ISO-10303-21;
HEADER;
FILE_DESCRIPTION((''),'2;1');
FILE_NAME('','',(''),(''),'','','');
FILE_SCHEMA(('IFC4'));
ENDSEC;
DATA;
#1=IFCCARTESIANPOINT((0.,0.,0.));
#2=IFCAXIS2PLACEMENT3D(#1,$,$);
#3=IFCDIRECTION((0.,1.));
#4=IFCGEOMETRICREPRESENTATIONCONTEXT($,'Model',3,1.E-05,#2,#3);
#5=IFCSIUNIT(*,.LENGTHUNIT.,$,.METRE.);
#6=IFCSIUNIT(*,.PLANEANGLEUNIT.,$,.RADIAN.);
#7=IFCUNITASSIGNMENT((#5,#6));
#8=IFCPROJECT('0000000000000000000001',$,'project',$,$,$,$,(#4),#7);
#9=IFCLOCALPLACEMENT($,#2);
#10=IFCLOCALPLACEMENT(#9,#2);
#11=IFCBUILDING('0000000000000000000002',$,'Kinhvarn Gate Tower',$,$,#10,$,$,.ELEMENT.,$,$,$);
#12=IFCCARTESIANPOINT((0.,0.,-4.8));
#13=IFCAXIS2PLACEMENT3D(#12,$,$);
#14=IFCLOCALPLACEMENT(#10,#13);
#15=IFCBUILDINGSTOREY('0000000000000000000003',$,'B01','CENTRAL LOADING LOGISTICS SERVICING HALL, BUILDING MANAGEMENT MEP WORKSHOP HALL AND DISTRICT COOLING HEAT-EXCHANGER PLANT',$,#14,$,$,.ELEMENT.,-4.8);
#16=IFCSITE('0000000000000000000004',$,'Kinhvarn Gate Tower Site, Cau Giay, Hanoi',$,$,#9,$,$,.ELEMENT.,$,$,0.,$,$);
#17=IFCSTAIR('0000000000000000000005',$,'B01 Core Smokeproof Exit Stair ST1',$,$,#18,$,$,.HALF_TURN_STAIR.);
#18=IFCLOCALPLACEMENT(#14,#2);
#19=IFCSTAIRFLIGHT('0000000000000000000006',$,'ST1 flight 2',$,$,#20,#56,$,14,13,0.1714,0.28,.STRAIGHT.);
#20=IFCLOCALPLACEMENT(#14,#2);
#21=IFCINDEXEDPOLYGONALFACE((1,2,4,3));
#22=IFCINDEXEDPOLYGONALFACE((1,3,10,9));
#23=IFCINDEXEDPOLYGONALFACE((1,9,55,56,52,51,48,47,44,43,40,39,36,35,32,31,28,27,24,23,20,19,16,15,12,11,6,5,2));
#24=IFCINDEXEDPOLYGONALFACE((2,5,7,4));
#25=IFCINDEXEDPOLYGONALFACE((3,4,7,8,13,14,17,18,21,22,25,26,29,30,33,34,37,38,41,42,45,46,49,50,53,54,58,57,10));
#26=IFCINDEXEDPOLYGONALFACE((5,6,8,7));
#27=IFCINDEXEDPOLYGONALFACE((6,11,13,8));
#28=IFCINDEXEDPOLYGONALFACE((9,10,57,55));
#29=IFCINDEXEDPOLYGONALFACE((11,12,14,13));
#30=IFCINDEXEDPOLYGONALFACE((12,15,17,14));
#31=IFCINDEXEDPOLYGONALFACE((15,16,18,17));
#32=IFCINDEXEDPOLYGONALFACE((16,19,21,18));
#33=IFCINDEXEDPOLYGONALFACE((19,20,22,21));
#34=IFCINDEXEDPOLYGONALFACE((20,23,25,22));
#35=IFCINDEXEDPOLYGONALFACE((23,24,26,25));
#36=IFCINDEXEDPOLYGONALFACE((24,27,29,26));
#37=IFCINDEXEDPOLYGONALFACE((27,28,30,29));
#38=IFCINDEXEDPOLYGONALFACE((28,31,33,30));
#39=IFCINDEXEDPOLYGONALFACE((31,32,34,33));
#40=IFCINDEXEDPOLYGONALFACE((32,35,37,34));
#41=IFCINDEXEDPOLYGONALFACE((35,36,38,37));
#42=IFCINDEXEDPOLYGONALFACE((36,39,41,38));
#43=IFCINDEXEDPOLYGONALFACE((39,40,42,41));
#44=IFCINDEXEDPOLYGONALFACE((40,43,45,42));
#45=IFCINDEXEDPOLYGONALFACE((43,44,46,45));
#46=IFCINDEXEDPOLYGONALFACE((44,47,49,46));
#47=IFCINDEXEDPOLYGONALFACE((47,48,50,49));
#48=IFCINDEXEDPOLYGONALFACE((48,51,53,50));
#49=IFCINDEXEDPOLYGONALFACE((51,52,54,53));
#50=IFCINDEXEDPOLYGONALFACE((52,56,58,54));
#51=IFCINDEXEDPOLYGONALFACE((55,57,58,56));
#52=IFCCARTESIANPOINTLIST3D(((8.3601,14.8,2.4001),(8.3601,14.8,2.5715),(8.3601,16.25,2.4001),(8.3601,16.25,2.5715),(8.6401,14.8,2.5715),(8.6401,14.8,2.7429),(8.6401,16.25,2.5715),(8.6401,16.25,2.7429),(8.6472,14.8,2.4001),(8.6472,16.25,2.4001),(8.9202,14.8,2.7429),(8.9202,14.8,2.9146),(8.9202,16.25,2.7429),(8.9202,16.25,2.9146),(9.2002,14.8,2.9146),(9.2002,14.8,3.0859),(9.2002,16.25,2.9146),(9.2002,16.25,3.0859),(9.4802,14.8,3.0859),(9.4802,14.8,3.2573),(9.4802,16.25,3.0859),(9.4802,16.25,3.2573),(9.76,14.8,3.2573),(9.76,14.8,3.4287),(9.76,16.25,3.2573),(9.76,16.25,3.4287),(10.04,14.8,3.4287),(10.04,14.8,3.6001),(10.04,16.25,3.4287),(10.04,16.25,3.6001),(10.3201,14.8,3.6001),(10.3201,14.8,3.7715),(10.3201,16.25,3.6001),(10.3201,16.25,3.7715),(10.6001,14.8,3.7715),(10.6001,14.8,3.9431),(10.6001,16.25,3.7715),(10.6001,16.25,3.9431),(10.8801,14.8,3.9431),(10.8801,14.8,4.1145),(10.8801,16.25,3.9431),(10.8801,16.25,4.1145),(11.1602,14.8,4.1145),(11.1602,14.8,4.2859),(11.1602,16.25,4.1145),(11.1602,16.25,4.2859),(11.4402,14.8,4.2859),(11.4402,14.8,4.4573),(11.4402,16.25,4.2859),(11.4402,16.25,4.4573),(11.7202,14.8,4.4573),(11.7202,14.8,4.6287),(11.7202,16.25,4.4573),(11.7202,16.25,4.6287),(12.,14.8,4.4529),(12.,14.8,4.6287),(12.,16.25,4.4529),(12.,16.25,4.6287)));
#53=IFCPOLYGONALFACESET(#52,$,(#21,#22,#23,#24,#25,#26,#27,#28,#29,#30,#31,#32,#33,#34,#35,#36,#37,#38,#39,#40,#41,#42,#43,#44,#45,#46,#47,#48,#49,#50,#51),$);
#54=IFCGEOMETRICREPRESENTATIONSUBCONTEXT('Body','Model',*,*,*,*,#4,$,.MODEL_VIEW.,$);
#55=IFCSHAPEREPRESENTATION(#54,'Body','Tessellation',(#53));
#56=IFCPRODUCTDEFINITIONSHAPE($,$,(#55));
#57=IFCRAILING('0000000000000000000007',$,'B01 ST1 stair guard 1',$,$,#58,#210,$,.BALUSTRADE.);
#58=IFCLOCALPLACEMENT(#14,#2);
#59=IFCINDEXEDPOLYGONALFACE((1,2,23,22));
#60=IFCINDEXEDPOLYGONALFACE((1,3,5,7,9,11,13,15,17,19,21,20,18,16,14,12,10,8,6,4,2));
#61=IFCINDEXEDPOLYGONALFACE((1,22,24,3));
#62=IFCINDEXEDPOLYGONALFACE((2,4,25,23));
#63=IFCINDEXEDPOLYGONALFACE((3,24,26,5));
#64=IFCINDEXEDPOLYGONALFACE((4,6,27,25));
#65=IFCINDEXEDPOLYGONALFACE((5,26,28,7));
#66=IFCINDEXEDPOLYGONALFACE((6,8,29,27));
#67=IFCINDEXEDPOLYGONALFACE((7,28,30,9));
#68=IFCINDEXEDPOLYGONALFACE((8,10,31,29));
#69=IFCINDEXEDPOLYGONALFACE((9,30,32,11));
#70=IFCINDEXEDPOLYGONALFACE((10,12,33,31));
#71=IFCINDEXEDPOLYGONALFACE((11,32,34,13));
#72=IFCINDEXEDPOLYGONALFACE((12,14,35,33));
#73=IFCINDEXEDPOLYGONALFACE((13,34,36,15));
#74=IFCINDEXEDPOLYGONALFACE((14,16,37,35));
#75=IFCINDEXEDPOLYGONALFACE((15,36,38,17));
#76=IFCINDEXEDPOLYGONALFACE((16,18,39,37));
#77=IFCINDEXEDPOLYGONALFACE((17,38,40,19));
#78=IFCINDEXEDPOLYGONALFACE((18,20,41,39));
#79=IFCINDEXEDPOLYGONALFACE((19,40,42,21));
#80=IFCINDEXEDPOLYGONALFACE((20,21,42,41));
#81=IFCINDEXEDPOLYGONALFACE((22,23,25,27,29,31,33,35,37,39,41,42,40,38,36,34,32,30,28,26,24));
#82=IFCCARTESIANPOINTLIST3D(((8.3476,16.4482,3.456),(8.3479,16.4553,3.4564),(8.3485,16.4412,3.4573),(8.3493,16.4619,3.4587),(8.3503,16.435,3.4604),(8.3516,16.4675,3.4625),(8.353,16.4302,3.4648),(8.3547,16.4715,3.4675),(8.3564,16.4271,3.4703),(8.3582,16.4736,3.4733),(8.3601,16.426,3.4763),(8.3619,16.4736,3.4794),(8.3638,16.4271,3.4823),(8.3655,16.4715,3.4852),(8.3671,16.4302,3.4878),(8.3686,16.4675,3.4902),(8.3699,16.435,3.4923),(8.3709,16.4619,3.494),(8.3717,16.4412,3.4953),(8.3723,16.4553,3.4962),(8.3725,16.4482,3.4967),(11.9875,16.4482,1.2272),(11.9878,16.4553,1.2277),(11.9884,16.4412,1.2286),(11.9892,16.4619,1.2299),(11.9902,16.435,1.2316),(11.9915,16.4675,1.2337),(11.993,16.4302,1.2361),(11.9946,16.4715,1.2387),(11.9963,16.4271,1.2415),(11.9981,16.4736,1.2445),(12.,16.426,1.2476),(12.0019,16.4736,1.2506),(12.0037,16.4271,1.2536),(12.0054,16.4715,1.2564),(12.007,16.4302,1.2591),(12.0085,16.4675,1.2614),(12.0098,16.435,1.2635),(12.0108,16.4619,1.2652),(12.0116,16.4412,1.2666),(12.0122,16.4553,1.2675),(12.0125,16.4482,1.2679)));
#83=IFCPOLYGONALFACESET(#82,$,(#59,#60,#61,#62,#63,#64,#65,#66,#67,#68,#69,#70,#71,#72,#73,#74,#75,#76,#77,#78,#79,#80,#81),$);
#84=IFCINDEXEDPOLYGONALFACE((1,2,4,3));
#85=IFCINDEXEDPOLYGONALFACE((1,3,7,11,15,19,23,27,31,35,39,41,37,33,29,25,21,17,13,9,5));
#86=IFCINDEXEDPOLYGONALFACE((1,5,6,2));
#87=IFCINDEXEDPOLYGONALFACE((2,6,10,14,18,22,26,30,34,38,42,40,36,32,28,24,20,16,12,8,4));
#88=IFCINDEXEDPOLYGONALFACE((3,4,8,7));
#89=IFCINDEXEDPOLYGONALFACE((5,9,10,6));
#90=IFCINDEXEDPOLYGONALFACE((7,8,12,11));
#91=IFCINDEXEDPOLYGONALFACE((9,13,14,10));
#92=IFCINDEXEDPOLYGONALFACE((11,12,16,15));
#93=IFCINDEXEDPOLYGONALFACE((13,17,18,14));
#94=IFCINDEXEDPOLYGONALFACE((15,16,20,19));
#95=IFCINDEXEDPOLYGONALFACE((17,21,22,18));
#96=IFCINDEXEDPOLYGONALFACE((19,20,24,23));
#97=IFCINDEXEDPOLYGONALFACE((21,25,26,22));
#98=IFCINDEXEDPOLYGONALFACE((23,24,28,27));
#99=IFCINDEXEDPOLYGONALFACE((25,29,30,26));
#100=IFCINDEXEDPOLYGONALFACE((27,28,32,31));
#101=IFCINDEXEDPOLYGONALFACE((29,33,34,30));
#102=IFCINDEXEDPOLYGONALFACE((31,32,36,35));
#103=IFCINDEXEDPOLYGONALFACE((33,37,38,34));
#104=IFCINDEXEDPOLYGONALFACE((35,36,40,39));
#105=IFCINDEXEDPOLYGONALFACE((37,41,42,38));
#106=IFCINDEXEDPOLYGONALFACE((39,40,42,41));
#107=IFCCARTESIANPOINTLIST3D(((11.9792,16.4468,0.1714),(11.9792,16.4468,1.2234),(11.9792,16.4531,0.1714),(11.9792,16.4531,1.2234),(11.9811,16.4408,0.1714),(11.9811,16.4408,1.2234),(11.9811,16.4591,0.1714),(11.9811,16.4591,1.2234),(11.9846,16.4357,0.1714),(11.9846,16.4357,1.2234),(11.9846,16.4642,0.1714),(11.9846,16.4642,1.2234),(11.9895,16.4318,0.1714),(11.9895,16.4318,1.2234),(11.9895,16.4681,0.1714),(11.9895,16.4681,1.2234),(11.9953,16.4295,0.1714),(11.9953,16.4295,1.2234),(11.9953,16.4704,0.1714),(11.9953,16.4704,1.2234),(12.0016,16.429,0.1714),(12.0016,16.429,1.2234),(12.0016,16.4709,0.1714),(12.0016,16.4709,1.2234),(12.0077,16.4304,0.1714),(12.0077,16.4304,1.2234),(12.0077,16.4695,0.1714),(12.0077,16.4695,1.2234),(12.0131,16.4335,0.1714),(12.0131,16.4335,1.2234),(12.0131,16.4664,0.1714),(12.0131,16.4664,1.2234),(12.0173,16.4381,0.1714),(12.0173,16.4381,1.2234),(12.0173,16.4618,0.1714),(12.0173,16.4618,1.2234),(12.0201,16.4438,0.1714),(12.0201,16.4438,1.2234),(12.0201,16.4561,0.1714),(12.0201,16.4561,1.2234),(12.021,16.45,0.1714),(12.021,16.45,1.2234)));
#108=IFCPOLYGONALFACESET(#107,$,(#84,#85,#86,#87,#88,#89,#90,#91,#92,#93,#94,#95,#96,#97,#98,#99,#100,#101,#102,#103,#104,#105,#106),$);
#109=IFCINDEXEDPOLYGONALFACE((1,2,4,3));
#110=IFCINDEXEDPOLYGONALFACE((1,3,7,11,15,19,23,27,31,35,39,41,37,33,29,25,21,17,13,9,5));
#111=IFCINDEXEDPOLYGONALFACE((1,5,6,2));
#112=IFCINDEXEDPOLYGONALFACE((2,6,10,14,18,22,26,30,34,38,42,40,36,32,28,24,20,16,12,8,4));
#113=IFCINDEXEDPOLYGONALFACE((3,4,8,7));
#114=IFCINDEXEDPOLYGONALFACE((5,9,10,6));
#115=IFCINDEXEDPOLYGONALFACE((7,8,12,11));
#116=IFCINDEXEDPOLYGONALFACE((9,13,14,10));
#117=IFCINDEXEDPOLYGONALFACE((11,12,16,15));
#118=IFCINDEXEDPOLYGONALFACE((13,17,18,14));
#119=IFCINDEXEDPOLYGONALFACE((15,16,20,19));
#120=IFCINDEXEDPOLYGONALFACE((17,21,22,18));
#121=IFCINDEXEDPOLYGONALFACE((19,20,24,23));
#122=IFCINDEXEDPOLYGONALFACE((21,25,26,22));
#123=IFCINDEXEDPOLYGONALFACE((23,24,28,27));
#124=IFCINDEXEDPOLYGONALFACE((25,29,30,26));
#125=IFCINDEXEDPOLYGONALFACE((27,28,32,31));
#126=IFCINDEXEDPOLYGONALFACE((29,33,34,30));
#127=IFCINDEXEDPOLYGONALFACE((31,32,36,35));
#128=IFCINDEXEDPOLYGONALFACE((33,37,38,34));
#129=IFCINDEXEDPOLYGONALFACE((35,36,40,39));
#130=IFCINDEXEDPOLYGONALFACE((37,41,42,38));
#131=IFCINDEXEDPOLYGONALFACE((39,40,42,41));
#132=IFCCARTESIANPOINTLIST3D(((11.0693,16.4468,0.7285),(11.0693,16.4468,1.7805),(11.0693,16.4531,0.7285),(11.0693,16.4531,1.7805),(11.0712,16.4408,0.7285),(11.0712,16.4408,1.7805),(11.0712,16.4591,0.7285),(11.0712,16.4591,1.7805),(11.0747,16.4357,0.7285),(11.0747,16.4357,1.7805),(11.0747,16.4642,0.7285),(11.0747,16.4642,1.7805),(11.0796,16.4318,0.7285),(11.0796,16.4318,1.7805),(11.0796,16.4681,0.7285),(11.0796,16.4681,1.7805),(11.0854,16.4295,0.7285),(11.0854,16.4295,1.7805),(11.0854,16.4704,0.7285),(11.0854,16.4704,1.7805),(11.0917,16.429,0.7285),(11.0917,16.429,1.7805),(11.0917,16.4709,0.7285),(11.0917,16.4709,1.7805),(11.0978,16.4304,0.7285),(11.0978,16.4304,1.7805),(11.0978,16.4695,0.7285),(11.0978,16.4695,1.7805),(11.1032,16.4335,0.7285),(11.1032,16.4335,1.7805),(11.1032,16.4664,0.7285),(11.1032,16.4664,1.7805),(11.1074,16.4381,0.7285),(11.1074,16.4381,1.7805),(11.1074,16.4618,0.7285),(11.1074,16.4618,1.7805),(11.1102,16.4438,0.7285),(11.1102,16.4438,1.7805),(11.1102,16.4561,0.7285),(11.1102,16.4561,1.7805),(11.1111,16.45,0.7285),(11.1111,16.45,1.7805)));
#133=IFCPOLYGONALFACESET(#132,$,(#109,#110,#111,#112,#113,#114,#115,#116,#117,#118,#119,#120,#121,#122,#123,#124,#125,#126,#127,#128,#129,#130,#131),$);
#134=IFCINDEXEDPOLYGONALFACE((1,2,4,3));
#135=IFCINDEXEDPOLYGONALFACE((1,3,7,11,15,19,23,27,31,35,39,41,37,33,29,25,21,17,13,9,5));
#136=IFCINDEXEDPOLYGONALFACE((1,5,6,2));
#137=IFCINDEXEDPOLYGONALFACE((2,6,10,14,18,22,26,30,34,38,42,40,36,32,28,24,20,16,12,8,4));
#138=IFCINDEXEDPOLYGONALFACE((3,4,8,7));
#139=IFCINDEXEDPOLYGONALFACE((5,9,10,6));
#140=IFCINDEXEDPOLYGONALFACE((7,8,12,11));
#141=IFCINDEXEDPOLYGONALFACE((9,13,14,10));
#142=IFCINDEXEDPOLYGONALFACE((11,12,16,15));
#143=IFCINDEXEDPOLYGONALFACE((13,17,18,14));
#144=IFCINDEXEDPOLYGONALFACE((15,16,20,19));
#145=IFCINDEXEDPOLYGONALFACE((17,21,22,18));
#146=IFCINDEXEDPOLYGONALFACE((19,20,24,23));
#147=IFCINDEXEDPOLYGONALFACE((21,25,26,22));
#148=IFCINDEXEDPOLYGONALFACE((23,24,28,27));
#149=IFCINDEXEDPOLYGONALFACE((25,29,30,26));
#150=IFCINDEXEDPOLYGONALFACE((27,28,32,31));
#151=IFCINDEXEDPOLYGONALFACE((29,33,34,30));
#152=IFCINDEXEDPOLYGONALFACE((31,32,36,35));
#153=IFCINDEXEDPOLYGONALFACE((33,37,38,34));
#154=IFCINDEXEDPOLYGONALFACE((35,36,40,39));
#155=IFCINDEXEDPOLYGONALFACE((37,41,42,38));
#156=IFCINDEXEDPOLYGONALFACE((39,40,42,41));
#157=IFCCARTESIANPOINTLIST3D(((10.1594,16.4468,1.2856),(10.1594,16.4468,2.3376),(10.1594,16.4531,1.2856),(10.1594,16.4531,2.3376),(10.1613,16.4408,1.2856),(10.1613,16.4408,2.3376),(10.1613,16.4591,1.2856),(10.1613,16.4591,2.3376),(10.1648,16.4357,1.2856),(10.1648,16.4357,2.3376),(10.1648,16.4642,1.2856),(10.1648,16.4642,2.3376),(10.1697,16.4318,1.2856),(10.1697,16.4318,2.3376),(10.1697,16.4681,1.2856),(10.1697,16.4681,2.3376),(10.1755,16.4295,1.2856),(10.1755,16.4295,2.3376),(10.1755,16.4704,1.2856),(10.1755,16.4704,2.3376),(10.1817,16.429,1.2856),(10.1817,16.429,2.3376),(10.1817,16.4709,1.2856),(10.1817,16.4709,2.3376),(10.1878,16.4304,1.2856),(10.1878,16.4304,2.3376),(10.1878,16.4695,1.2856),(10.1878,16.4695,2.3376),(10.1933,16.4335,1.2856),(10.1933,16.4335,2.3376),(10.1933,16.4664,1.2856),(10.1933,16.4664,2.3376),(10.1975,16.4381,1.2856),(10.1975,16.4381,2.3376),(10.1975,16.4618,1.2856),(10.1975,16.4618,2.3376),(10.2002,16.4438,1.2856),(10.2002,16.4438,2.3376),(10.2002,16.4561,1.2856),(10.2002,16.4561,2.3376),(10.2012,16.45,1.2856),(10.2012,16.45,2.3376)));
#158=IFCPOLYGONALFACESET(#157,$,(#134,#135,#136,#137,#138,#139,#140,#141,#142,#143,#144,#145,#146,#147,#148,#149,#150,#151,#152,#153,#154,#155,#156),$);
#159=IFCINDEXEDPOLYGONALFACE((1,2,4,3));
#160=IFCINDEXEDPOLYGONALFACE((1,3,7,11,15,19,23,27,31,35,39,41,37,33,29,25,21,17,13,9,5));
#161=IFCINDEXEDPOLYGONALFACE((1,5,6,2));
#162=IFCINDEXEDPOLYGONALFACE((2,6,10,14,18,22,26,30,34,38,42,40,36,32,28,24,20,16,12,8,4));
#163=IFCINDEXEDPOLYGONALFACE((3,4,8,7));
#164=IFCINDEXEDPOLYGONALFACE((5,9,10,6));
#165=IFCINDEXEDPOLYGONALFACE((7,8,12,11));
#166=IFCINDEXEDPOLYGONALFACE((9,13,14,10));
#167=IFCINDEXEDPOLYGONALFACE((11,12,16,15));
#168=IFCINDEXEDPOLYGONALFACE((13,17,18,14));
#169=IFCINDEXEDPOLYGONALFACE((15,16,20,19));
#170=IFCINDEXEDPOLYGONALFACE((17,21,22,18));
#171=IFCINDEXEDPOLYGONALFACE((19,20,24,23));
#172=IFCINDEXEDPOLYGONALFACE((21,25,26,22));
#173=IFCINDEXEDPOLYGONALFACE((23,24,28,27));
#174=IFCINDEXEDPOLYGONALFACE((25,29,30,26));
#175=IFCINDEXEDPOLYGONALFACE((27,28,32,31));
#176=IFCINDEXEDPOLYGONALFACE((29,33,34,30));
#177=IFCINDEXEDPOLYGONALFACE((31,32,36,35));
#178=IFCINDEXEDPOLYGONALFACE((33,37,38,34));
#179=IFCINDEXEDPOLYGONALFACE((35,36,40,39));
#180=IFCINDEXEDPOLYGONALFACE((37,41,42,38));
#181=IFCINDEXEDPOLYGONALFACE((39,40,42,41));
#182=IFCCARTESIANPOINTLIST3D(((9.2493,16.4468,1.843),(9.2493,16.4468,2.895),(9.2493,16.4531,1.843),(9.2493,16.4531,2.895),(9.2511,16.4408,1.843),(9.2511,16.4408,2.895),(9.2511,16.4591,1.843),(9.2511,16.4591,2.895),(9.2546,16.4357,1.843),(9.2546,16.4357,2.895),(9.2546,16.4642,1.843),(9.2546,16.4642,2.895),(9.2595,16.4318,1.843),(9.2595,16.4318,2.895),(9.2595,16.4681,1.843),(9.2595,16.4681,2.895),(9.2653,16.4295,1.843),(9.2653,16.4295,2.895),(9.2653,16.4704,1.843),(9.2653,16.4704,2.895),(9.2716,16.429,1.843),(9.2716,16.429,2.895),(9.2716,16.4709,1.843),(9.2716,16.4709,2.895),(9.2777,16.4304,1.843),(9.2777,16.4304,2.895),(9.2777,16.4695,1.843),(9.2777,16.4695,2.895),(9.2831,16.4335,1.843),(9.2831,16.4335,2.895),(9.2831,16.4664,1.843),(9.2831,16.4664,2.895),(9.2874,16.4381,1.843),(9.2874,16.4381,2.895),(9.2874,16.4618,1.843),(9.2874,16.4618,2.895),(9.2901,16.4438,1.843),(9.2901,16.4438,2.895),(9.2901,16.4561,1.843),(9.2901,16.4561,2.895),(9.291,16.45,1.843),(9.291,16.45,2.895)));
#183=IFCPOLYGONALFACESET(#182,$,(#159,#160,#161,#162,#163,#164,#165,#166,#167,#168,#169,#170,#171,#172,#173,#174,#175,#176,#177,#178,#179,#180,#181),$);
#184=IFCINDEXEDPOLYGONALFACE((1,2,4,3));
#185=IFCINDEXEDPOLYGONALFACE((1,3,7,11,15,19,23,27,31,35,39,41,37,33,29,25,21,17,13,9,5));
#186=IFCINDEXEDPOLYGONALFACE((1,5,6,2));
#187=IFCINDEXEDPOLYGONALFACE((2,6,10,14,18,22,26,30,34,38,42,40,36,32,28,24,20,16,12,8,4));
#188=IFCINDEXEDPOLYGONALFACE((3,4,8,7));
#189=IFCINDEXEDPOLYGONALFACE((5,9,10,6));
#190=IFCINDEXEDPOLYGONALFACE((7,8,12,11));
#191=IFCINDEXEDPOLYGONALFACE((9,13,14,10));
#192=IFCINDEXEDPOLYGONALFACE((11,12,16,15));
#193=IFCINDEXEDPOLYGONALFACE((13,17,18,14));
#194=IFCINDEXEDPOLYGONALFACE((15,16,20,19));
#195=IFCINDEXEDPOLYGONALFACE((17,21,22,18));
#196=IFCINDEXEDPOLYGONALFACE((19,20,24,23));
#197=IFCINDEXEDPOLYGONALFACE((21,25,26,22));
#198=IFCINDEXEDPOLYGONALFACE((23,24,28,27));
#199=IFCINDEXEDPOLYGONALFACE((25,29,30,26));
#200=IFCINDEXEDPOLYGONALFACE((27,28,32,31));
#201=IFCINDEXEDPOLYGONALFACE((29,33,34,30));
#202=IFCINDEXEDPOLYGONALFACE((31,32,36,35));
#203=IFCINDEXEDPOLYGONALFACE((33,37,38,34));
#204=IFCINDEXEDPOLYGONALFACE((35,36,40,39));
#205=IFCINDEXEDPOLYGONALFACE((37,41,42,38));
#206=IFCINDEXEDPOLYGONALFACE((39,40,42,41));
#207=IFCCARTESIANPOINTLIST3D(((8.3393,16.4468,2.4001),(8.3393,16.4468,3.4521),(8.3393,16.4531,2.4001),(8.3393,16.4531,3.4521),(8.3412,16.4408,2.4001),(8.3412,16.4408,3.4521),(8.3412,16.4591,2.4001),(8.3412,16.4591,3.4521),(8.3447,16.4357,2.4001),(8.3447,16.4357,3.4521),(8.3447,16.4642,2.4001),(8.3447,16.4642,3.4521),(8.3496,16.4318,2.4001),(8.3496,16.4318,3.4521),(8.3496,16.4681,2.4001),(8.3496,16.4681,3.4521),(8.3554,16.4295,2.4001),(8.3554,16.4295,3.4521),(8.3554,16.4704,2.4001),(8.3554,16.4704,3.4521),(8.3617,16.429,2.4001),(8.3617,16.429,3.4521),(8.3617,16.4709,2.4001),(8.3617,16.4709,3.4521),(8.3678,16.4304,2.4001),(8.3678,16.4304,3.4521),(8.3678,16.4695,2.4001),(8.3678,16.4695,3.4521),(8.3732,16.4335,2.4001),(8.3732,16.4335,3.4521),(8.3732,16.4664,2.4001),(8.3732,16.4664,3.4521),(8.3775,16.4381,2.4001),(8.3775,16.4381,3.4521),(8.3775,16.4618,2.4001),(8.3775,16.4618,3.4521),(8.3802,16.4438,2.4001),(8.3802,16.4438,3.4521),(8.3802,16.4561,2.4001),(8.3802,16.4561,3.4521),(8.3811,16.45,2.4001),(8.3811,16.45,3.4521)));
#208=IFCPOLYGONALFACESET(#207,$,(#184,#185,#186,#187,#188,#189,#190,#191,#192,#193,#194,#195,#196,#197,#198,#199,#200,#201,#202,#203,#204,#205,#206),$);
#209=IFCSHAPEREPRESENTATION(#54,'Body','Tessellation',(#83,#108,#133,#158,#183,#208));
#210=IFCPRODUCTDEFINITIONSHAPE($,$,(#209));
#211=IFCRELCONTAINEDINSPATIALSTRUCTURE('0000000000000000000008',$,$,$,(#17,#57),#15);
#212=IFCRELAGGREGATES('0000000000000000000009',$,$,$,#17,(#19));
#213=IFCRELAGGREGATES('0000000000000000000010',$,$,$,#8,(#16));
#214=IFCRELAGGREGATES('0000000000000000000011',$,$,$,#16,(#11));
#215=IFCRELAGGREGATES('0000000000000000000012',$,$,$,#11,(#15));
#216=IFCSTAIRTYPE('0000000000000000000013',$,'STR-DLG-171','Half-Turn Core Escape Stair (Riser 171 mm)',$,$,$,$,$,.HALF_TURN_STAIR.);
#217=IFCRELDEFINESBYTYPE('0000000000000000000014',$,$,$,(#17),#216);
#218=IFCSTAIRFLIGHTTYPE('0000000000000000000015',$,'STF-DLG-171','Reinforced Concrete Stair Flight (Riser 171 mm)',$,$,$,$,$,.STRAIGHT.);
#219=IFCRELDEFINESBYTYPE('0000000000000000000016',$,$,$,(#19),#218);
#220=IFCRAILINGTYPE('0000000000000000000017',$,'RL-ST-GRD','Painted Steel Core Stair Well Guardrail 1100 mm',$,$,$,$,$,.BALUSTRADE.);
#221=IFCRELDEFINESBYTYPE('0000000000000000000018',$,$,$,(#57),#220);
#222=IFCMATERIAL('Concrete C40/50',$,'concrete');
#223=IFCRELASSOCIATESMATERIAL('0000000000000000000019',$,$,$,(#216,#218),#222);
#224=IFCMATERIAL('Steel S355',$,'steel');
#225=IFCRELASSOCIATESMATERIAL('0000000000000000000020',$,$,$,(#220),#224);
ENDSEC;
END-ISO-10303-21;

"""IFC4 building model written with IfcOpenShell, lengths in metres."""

from ifc_helpers import new_model, si_unit, direction, frame, origin, origin_2d, place, context, subcontext, project, spatial, polyline, circle, outline, extrude, material, type_object, element, aggregate, save


model = new_model("IFC4")

# Units and contexts
model_context = context("Model", 3, precision=1e-05, world=origin(), true_north=direction((0.0, 1.0)))
body_context = subcontext(model_context, "Body", "Model", "MODEL_VIEW")
ifc_project = project(units=[si_unit("LENGTHUNIT", "METRE"), si_unit("PLANEANGLEUNIT", "RADIAN")], contexts=[model_context])

# Site, building, storey
site_placement = place(None, origin())
site = spatial("IfcSite", under=ifc_project, at=site_placement, Name="Kinhvarn Gate Tower Site, Cau Giay, Hanoi", CompositionType="ELEMENT", RefElevation=0.0)
building_placement = place(site_placement, origin())
building = spatial("IfcBuilding", under=site, at=building_placement, Name="Kinhvarn Gate Tower", CompositionType="ELEMENT")
storey_placement = place(building_placement, frame((0.0, 0.0, -4.8)))
storey = spatial("IfcBuildingStorey", under=building, at=storey_placement, Name="B01", Description="CENTRAL LOADING LOGISTICS SERVICING HALL, BUILDING MANAGEMENT MEP WORKSHOP HALL AND DISTRICT COOLING HEAT-EXCHANGER PLANT", CompositionType="ELEMENT", Elevation=-4.8)

# Shared definitions
ifc_material_1 = material(Name="Steel S355", Category="steel")

# Shared definitions
ifc_material_2 = material(Name="Concrete C40/50", Category="concrete")

# Stair, stair flight
stair_type = type_object("IfcStairType", Name="STR-DLG-171", Description="Half-Turn Core Escape Stair (Riser 171 mm)", PredefinedType="HALF_TURN_STAIR", material=ifc_material_2)
stair_placement = place(storey_placement, origin())
stair = element("IfcStair", 1, at=stair_placement, inside=storey, type_object=stair_type, Name="B01 Core Smokeproof Exit Stair ST1", PredefinedType="HALF_TURN_STAIR")
stair_flight_type = type_object("IfcStairFlightType", Name="STF-DLG-171", Description="Reinforced Concrete Stair Flight (Riser 171 mm)", PredefinedType="STRAIGHT", material=ifc_material_2)
stair_flight_1_placement = place(storey_placement, frame((8.3601, 15.5249, 2.4001), z_axis=(0.0, 0.0, 1.0), x_axis=(1.0, 0.0, 0.0)))
stair_flight_1 = element("IfcStairFlight", 2, at=stair_flight_1_placement, type_object=stair_flight_type, Name="ST1 flight 2", NumberOfRisers=14, NumberOfTreads=13, PredefinedType="STRAIGHT", RiserHeight=0.1714, TreadLength=0.28, context=body_context, shape_type="SweptSolid", body=[
    extrude(outline(polyline([(0.0, 0.0), (0.0, 0.1714), (0.28, 0.1714), (0.28, 0.3428), (0.5601, 0.3428), (0.5601, 0.5144), (0.8401, 0.5144), (0.8401, 0.6858), (1.1201, 0.6858), (1.1201, 0.8572), (1.3999, 0.8572), (1.3999, 1.0286), (1.6799, 1.0286), (1.6799, 1.2), (1.96, 1.2), (1.96, 1.3713), (2.24, 1.3713), (2.24, 1.543), (2.52, 1.543), (2.52, 1.7144), (2.8, 1.7144), (2.8, 1.8857), (3.0801, 1.8857), (3.0801, 2.0571), (3.3601, 2.0571), (3.3601, 2.2285), (3.6399, 2.2285), (3.6399, 2.3999), (3.6399, 2.0527), (0.2871, 0.0), (0.0, 0.0)])), frame((0.0, 0.7251, 0.0), z_axis=(0.0, -1.0, 0.0), x_axis=(1.0, 0.0, 0.0)), (0.0, 0.0, 1.0), 1.45),
])
aggregate(stair, [stair_flight_1])

# Railing
railing_type_1 = type_object("IfcRailingType", Name="RL-ST-GRD", Description="Painted Steel Core Stair Well Guardrail 1100 mm", PredefinedType="BALUSTRADE", material=ifc_material_1)
railing_1_placement = place(storey_placement, frame((12.0, 16.45, 0.1714)))
element("IfcRailing", 3, at=railing_1_placement, inside=storey, type_object=railing_type_1, Name="B01 ST1 stair guard 1", PredefinedType="BALUSTRADE", context=body_context, shape_type="SweptSolid", body=[
    extrude(circle(Radius=0.0239, at=origin_2d()), frame((0.0, 0.0, 1.0762), z_axis=(-0.852825, 0.0, 0.522197), x_axis=(0.0, -1.0, 0.0)), (0.0, 0.0, 1.0), 4.2681),
    extrude(circle(Radius=0.021, at=origin_2d()), origin(), (0.0, 0.0, 1.0), 1.052),
    extrude(circle(Radius=0.021, at=origin_2d()), frame((-0.9099, 0.0, 0.5571)), (0.0, 0.0, 1.0), 1.052),
    extrude(circle(Radius=0.021, at=origin_2d()), frame((-1.8198, 0.0, 1.1143)), (0.0, 0.0, 1.0), 1.052),
    extrude(circle(Radius=0.021, at=origin_2d()), frame((-2.73, 0.0, 1.6716)), (0.0, 0.0, 1.0), 1.052),
    extrude(circle(Radius=0.021, at=origin_2d()), frame((-3.6399, 0.0, 2.2288)), (0.0, 0.0, 1.0), 1.052),
])

save(model, "model.ifc")
